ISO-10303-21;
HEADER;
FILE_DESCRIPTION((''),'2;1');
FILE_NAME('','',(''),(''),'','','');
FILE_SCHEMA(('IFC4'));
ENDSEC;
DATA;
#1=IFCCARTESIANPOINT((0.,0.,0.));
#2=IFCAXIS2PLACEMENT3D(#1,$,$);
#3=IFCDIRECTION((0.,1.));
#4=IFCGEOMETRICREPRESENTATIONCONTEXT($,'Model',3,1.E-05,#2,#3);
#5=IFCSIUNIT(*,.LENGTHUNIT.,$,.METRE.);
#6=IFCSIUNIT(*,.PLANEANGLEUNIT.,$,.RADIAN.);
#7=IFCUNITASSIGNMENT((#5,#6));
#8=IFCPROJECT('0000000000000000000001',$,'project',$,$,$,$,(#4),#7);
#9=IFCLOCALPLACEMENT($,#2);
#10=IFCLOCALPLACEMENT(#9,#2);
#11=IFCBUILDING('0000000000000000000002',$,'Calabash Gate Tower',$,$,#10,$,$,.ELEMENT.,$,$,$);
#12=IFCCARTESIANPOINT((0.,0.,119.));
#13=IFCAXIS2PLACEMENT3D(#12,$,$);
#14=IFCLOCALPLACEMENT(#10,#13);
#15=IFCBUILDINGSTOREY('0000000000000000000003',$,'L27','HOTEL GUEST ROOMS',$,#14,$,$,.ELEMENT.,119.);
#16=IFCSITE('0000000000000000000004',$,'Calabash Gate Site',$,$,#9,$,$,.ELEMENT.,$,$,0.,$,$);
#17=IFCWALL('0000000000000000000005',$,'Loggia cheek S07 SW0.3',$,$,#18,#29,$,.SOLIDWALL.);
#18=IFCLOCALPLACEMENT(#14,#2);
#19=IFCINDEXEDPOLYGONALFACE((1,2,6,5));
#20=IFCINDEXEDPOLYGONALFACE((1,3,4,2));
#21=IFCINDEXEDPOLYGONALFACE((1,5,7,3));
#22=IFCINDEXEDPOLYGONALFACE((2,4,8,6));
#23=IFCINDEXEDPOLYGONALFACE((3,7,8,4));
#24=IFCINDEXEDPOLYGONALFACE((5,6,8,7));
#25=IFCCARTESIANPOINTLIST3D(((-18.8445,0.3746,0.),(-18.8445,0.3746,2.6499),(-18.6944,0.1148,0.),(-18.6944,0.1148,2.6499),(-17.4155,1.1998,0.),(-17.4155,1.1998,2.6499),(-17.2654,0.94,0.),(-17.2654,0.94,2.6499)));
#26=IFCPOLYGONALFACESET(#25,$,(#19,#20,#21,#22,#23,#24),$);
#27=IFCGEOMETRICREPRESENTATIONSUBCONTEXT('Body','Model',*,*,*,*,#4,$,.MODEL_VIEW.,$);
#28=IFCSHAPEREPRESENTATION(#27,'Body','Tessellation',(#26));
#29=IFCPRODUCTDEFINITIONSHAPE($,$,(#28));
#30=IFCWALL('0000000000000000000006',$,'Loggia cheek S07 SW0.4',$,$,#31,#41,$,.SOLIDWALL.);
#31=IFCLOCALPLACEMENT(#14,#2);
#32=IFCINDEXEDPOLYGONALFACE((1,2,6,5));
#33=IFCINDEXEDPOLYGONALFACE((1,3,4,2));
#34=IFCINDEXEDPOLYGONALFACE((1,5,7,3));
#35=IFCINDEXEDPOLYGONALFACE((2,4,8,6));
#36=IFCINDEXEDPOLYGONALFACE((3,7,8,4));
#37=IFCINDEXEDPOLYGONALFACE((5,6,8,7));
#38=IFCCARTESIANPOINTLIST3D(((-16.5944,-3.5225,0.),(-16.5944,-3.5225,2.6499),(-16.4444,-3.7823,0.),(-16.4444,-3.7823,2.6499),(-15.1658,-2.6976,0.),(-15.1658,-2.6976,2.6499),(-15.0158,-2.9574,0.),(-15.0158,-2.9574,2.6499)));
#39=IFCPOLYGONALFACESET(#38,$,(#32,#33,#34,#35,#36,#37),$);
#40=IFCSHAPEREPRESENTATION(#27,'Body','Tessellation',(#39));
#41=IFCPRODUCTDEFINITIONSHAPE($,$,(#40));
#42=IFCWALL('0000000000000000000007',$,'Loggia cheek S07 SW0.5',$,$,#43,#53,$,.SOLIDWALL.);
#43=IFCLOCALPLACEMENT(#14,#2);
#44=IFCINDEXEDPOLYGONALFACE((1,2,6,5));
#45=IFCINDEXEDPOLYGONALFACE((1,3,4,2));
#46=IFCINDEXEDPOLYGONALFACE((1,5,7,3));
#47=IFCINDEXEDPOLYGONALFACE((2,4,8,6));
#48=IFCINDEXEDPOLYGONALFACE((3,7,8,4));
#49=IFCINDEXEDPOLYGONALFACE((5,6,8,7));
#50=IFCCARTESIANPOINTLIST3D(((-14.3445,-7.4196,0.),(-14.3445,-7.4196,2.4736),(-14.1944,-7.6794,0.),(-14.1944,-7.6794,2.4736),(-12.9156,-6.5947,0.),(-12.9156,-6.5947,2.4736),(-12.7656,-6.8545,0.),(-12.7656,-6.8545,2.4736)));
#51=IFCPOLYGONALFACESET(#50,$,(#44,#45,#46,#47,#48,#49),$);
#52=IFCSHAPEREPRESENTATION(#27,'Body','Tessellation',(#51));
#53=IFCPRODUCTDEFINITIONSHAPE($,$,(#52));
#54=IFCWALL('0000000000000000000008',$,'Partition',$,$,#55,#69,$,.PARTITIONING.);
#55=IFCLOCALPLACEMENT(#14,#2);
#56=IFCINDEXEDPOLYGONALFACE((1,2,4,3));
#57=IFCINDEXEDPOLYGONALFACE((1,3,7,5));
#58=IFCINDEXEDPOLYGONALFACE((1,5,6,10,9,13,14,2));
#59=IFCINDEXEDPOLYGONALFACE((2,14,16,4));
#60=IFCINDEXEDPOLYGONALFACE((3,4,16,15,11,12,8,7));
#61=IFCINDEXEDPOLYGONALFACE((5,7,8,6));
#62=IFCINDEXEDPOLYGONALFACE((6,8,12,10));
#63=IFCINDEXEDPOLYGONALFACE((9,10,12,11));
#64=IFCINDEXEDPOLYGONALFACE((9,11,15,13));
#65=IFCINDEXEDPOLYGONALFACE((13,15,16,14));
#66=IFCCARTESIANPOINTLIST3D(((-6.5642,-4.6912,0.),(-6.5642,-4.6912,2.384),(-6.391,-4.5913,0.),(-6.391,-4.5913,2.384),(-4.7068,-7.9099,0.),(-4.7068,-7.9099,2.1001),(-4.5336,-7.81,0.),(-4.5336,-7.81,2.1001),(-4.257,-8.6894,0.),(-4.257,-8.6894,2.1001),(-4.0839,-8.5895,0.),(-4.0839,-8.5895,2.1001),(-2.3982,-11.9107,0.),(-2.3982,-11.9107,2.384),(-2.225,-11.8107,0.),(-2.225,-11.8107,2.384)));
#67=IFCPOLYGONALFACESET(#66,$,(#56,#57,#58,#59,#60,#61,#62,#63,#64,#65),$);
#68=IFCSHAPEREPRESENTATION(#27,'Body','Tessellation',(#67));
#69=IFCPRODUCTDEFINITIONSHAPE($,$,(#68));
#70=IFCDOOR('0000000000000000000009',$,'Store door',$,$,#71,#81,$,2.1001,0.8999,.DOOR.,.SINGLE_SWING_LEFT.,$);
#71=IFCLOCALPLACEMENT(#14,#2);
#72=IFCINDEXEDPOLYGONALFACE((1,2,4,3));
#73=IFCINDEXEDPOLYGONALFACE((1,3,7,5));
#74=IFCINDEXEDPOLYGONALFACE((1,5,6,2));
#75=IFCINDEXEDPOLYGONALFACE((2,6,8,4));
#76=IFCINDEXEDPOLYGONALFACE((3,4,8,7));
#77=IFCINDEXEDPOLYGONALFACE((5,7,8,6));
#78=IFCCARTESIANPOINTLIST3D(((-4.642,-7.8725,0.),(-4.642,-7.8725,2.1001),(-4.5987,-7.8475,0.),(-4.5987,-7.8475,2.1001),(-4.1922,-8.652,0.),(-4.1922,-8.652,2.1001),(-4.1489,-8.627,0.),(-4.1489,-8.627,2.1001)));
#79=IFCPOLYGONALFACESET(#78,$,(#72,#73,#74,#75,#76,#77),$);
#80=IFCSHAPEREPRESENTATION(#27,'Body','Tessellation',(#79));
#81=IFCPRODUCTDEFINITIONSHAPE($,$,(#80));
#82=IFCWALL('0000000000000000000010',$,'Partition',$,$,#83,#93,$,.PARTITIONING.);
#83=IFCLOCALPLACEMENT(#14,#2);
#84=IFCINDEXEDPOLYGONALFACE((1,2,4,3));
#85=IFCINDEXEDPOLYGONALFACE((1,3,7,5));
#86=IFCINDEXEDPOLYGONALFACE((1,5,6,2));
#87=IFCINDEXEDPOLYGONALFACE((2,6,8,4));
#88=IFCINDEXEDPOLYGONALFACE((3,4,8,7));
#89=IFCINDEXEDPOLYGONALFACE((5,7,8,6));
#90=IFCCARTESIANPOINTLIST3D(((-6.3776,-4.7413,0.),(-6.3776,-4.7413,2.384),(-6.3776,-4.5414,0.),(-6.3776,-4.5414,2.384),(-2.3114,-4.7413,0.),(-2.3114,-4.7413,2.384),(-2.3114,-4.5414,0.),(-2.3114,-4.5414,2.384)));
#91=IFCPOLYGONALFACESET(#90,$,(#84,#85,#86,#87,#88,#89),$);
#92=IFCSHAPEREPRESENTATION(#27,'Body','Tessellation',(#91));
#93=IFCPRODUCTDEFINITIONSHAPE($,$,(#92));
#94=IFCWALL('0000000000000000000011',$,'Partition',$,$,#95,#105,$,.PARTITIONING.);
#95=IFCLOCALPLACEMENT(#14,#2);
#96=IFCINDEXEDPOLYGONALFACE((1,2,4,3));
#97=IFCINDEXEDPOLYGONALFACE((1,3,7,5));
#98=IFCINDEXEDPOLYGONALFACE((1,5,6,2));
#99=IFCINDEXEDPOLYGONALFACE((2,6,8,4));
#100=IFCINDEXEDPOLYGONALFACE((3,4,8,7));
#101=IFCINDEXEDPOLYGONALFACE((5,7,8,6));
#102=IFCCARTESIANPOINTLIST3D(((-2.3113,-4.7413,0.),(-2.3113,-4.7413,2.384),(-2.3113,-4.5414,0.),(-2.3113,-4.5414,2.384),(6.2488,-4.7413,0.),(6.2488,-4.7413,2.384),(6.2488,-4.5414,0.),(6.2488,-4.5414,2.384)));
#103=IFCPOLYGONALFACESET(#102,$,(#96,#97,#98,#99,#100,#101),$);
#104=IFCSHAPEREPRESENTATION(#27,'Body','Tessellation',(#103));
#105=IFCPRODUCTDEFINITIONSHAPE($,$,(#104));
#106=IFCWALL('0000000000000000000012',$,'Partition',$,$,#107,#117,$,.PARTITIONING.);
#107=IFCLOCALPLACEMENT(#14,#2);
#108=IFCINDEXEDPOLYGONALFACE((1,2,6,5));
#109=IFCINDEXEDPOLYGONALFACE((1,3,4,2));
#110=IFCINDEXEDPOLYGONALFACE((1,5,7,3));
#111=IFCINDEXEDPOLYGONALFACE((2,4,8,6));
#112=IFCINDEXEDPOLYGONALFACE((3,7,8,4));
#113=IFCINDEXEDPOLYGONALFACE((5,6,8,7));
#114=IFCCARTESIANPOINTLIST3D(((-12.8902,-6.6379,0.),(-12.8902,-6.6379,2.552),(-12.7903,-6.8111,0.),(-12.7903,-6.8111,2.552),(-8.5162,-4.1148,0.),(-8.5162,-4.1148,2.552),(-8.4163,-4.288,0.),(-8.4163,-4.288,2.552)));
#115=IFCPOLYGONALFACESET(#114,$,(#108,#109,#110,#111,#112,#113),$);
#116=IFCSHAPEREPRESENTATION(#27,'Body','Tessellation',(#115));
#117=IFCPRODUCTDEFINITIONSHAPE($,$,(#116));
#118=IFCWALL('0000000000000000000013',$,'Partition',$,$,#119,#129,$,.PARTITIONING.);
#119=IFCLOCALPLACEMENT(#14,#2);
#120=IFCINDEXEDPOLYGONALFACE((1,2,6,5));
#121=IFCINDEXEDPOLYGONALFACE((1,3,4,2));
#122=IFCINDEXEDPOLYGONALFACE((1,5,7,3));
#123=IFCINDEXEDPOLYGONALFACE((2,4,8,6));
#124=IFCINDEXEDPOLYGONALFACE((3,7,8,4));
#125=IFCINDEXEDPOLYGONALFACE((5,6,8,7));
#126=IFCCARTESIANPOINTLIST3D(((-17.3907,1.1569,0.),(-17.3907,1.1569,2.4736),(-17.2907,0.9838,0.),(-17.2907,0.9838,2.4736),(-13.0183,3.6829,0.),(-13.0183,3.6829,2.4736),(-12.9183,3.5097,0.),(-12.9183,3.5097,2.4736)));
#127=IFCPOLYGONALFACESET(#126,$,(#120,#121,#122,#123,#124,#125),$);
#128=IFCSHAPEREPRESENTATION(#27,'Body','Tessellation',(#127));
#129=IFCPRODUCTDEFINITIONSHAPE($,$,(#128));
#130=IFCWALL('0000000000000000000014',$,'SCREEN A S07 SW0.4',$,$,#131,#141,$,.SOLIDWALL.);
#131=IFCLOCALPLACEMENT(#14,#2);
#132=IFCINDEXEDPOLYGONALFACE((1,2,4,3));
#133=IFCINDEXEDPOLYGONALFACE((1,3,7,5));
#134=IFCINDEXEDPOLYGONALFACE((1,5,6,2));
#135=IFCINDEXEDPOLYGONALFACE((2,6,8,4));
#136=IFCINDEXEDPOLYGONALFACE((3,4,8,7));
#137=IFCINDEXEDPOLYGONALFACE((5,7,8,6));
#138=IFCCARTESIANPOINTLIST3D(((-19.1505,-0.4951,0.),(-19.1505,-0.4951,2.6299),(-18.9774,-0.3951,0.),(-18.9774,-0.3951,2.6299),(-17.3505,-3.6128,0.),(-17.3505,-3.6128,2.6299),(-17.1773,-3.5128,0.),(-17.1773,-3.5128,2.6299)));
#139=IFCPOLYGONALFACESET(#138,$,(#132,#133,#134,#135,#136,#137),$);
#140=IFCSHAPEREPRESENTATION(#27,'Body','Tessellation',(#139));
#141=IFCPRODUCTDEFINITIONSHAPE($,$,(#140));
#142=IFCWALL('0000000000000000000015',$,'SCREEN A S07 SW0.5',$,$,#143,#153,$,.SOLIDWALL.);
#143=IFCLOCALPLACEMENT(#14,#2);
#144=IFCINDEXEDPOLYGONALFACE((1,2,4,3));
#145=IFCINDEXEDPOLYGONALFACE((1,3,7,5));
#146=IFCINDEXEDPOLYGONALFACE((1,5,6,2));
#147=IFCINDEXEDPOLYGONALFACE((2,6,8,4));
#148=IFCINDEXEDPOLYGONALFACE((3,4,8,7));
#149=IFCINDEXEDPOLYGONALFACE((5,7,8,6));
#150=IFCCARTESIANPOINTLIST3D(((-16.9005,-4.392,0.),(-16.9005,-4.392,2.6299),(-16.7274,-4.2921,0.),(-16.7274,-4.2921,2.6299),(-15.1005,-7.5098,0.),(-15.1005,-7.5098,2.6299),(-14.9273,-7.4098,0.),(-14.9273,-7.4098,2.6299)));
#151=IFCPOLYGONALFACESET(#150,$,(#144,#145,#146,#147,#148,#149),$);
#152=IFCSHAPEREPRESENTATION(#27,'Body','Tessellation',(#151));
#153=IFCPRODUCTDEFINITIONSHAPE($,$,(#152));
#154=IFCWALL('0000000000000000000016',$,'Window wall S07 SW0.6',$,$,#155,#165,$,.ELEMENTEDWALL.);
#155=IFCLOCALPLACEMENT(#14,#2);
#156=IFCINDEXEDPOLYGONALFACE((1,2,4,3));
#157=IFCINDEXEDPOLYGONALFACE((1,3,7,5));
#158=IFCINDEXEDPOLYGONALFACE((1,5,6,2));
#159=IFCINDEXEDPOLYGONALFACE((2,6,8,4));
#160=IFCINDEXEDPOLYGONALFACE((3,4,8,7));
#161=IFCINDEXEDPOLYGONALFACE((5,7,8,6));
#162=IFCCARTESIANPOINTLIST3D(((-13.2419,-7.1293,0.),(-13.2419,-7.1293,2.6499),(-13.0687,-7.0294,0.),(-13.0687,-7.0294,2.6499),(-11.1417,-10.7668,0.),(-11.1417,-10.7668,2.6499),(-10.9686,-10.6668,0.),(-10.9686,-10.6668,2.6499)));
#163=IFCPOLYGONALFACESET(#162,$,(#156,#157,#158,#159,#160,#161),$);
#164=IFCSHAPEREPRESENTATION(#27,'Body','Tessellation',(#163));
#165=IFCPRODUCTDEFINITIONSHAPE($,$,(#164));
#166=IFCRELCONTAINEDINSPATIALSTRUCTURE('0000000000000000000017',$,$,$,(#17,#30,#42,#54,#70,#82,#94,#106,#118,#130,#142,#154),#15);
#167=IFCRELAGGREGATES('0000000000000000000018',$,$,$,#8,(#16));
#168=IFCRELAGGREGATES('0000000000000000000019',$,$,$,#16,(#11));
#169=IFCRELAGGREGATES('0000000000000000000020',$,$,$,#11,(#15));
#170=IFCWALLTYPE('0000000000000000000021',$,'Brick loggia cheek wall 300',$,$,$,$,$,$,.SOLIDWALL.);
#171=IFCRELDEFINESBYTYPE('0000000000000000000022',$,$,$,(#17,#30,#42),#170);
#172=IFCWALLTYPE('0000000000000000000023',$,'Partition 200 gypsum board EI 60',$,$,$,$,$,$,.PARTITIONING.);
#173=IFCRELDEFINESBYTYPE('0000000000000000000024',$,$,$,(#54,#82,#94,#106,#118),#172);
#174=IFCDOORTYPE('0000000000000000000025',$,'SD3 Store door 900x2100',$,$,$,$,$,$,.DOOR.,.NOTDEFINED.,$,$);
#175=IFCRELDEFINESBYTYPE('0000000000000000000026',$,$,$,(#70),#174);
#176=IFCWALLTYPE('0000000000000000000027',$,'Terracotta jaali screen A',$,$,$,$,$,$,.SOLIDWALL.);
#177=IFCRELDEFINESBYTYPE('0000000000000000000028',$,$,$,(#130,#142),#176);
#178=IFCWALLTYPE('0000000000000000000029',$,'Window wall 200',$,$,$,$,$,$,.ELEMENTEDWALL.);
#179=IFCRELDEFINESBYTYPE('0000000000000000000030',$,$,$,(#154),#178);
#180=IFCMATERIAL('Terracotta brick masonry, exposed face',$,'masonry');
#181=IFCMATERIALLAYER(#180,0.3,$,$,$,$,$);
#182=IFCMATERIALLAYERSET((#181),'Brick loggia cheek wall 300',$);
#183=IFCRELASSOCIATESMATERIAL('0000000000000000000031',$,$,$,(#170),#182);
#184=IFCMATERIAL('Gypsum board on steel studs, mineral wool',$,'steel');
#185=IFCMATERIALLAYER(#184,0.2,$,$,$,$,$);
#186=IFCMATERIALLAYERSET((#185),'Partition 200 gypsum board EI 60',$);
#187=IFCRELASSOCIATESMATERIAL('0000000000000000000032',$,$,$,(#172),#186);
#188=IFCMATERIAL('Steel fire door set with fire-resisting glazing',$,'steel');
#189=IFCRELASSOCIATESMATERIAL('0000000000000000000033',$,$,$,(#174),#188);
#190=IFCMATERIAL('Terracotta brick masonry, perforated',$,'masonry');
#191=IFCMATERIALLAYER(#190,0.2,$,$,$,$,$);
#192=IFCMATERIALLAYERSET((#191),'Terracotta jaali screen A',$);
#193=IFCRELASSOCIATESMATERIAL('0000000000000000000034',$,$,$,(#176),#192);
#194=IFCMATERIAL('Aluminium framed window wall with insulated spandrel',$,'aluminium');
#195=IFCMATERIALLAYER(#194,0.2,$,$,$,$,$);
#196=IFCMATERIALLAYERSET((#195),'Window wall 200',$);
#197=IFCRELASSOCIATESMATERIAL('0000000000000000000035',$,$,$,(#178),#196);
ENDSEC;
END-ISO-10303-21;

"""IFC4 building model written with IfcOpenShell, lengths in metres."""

from ifc_helpers import new_model, si_unit, direction, frame, frame_2d, origin, place, context, subcontext, project, spatial, rectangle, extrude, material, layer, layer_set, type_object, element, fill, save


model = new_model("IFC4")

# Units and contexts
model_context = context("Model", 3, precision=1e-05, world=origin(), true_north=direction((0.0, 1.0)))
body_context = subcontext(model_context, "Body", "Model", "MODEL_VIEW")
ifc_project = project(units=[si_unit("LENGTHUNIT", "METRE"), si_unit("PLANEANGLEUNIT", "RADIAN")], contexts=[model_context])

# Site, building, storey
site_placement = place(None, origin())
site = spatial("IfcSite", under=ifc_project, at=site_placement, Name="Calabash Gate Site", CompositionType="ELEMENT", RefElevation=0.0)
building_placement = place(site_placement, origin())
building = spatial("IfcBuilding", under=site, at=building_placement, Name="Calabash Gate Tower", CompositionType="ELEMENT")
storey_placement = place(building_placement, frame((0.0, 0.0, 119.0)))
storey = spatial("IfcBuildingStorey", under=building, at=storey_placement, Name="L27", Description="HOTEL GUEST ROOMS", CompositionType="ELEMENT", Elevation=119.0)

# Walls
ifc_material_1 = material(Name="Terracotta brick masonry, exposed face", Category="masonry")
ifc_layer_1 = layer(ifc_material_1, 0.3)
ifc_layer_set_1 = layer_set([ifc_layer_1], Name="Brick loggia cheek wall 300")
wall_type_1 = type_object("IfcWallType", Name="Brick loggia cheek wall 300", PredefinedType="SOLIDWALL", material=ifc_layer_set_1)
wall_1_placement = place(storey_placement, frame((-18.7695, 0.2446, 0.0), z_axis=(0.0, 0.0, 1.0), x_axis=(0.865976, 0.500085, 0.0)))
element("IfcWall", 1, at=wall_1_placement, inside=storey, type_object=wall_type_1, Name="Loggia cheek S07 SW0.3", PredefinedType="SOLIDWALL", context=body_context, shape_type="SweptSolid", body=[
    extrude(rectangle(XDim=1.6501, YDim=0.3, at=frame_2d((0.8252, 0.0))), origin(), (0.0, 0.0, 1.0), 2.6499),
])
wall_2_placement = place(storey_placement, frame((-16.5193, -3.6523, 0.0), z_axis=(0.0, 0.0, 1.0), x_axis=(0.866003, 0.500038, 0.0)))
element("IfcWall", 2, at=wall_2_placement, inside=storey, type_object=wall_type_1, Name="Loggia cheek S07 SW0.4", PredefinedType="SOLIDWALL", context=body_context, shape_type="SweptSolid", body=[
    extrude(rectangle(XDim=1.6497, YDim=0.3, at=frame_2d((0.8247, 0.0))), origin(), (0.0, 0.0, 1.0), 2.6499),
])
wall_3_placement = place(storey_placement, frame((-12.8406, -6.7246, 0.0), z_axis=(0.0, 0.0, 1.0), x_axis=(-0.86604, -0.499974, 0.0)))
element("IfcWall", 3, at=wall_3_placement, inside=storey, type_object=wall_type_1, Name="Loggia cheek S07 SW0.5", PredefinedType="SOLIDWALL", context=body_context, shape_type="SweptSolid", body=[
    extrude(rectangle(XDim=1.6499, YDim=0.3, at=frame_2d((0.825, 0.0))), origin(), (0.0, 0.0, 1.0), 2.4736),
])

# Wall, opening, door
ifc_material_2 = material(Name="Gypsum board on steel studs, mineral wool", Category="steel")
ifc_layer_2 = layer(ifc_material_2, 0.2)
ifc_layer_set_2 = layer_set([ifc_layer_2], Name="Partition 200 gypsum board EI 60")
wall_type_2 = type_object("IfcWallType", Name="Partition 200 gypsum board EI 60", PredefinedType="PARTITIONING", material=ifc_layer_set_2)
wall_4_placement = place(storey_placement, frame((-6.4775, -4.6414, 0.0), z_axis=(0.0, 0.0, 1.0), x_axis=(0.499806, -0.866137, 0.0)))
wall_4 = element("IfcWall", 4, at=wall_4_placement, inside=storey, type_object=wall_type_2, Name="Partition", PredefinedType="PARTITIONING", context=body_context, shape_type="SweptSolid", body=[
    extrude(rectangle(XDim=8.3352, YDim=0.2, at=frame_2d((4.1675, 0.0))), origin(), (0.0, 0.0, 1.0), 2.384),
])
opening_1_placement = place(wall_4_placement, frame((3.7161, 0.0, 0.0)))
opening_1 = element("IfcOpeningElement", 5, at=opening_1_placement, cuts=wall_4, PredefinedType="OPENING", context=body_context, shape_type="SweptSolid", body=[
    extrude(rectangle(XDim=0.8999, YDim=2.1001, at=frame_2d((0.45, 1.05))), frame((0.0, 0.1099, 0.0), z_axis=(0.0, -1.0, 0.0), x_axis=(1.0, 0.0, 0.0)), (0.0, 0.0, 1.0), 0.22),
])
ifc_material_3 = material(Name="Steel fire door set with fire-resisting glazing", Category="steel")
door_type_1 = type_object("IfcDoorType", Name="SD3 Store door 900x2100", OperationType="NOTDEFINED", PredefinedType="DOOR", material=ifc_material_3)
door_1_placement = place(opening_1_placement, origin())
door_1 = element("IfcDoor", 6, at=door_1_placement, inside=storey, type_object=door_type_1, Name="Store door", OperationType="SINGLE_SWING_LEFT", OverallHeight=2.1001, OverallWidth=0.8999, PredefinedType="DOOR", context=body_context, shape_type="SweptSolid", body=[
    extrude(rectangle(XDim=0.8999, YDim=2.1001, at=frame_2d((0.45, 1.05))), frame((0.0, 0.0249, 0.0), z_axis=(0.0, -1.0, 0.0), x_axis=(1.0, 0.0, 0.0)), (0.0, 0.0, 1.0), 0.05),
])
fill(opening_1, door_1)

# Walls
wall_5_placement = place(storey_placement, frame((-6.3777, -4.6414, 0.0), z_axis=(0.0, 0.0, 1.0), x_axis=(1.0, 0.0, 0.0)))
element("IfcWall", 7, at=wall_5_placement, inside=storey, type_object=wall_type_2, Name="Partition", PredefinedType="PARTITIONING", context=body_context, shape_type="SweptSolid", body=[
    extrude(rectangle(XDim=4.0662, YDim=0.2, at=frame_2d((2.0332, 0.0))), origin(), (0.0, 0.0, 1.0), 2.384),
])
wall_6_placement = place(storey_placement, frame((-2.3113, -4.6414, 0.0), z_axis=(0.0, 0.0, 1.0), x_axis=(1.0, 0.0, 0.0)))
element("IfcWall", 8, at=wall_6_placement, inside=storey, type_object=wall_type_2, Name="Partition", PredefinedType="PARTITIONING", context=body_context, shape_type="SweptSolid", body=[
    extrude(rectangle(XDim=8.5601, YDim=0.2, at=frame_2d((4.28, 0.0))), origin(), (0.0, 0.0, 1.0), 2.384),
])
wall_7_placement = place(storey_placement, frame((-12.8403, -6.7246, 0.0), z_axis=(0.0, 0.0, 1.0), x_axis=(0.86621, 0.499681, 0.0)))
element("IfcWall", 9, at=wall_7_placement, inside=storey, type_object=wall_type_2, Name="Partition", PredefinedType="PARTITIONING", context=body_context, shape_type="SweptSolid", body=[
    extrude(rectangle(XDim=5.0496, YDim=0.2, at=frame_2d((2.5249, 0.0))), origin(), (0.0, 0.0, 1.0), 2.552),
])
wall_8_placement = place(storey_placement, frame((-17.3408, 1.0703, 0.0), z_axis=(0.0, 0.0, 1.0), x_axis=(0.865895, 0.500226, 0.0)))
element("IfcWall", 10, at=wall_8_placement, inside=storey, type_object=wall_type_2, Name="Partition", PredefinedType="PARTITIONING", context=body_context, shape_type="SweptSolid", body=[
    extrude(rectangle(XDim=5.0496, YDim=0.2, at=frame_2d((2.5249, 0.0))), origin(), (0.0, 0.0, 1.0), 2.4736),
])
ifc_material_4 = material(Name="Terracotta brick masonry, perforated", Category="masonry")
ifc_layer_3 = layer(ifc_material_4, 0.2)
ifc_layer_set_3 = layer_set([ifc_layer_3], Name="Terracotta jaali screen A")
wall_type_3 = type_object("IfcWallType", Name="Terracotta jaali screen A", PredefinedType="SOLIDWALL", material=ifc_layer_set_3)
for number, where, z_axis, x_axis, name in (
    (11, (-19.064, -0.4451, 0.0), (0.0, 0.0, 1.0), (0.500012, -0.866018, 0.0), "SCREEN A S07 SW0.4"),
    (12, (-16.814, -4.342, 0.0), (0.0, 0.0, 1.0), (0.500012, -0.866018, 0.0), "SCREEN A S07 SW0.5"),
):
    element("IfcWall", number, at=place(storey_placement, frame(where, z_axis=z_axis, x_axis=x_axis)), inside=storey, type_object=wall_type_3, Name=name, PredefinedType="SOLIDWALL", context=body_context, shape_type="SweptSolid", body=[
        extrude(rectangle(XDim=3.6001, YDim=0.2, at=frame_2d((1.8, 0.0))), origin(), (0.0, 0.0, 1.0), 2.6299),
    ])

# Shared definitions
ifc_material_5 = material(Name="Aluminium framed window wall with insulated spandrel", Category="aluminium")
ifc_layer_4 = layer(ifc_material_5, 0.2)
ifc_layer_set_4 = layer_set([ifc_layer_4], Name="Window wall 200")
wall_type_4 = type_object("IfcWallType", Name="Window wall 200", PredefinedType="ELEMENTEDWALL", material=ifc_layer_set_4)

# Wall
wall_9_placement = place(storey_placement, frame((-13.1553, -7.0793, 0.0), z_axis=(0.0, 0.0, 1.0), x_axis=(0.500003, -0.866024, 0.0)))
element("IfcWall", 13, at=wall_9_placement, inside=storey, type_object=wall_type_4, Name="Window wall S07 SW0.6", PredefinedType="ELEMENTEDWALL", context=body_context, shape_type="SweptSolid", body=[
    extrude(rectangle(XDim=4.2002, YDim=0.2, at=frame_2d((2.1001, 0.0))), origin(), (0.0, 0.0, 1.0), 2.6499),
])

save(model, "model.ifc")
